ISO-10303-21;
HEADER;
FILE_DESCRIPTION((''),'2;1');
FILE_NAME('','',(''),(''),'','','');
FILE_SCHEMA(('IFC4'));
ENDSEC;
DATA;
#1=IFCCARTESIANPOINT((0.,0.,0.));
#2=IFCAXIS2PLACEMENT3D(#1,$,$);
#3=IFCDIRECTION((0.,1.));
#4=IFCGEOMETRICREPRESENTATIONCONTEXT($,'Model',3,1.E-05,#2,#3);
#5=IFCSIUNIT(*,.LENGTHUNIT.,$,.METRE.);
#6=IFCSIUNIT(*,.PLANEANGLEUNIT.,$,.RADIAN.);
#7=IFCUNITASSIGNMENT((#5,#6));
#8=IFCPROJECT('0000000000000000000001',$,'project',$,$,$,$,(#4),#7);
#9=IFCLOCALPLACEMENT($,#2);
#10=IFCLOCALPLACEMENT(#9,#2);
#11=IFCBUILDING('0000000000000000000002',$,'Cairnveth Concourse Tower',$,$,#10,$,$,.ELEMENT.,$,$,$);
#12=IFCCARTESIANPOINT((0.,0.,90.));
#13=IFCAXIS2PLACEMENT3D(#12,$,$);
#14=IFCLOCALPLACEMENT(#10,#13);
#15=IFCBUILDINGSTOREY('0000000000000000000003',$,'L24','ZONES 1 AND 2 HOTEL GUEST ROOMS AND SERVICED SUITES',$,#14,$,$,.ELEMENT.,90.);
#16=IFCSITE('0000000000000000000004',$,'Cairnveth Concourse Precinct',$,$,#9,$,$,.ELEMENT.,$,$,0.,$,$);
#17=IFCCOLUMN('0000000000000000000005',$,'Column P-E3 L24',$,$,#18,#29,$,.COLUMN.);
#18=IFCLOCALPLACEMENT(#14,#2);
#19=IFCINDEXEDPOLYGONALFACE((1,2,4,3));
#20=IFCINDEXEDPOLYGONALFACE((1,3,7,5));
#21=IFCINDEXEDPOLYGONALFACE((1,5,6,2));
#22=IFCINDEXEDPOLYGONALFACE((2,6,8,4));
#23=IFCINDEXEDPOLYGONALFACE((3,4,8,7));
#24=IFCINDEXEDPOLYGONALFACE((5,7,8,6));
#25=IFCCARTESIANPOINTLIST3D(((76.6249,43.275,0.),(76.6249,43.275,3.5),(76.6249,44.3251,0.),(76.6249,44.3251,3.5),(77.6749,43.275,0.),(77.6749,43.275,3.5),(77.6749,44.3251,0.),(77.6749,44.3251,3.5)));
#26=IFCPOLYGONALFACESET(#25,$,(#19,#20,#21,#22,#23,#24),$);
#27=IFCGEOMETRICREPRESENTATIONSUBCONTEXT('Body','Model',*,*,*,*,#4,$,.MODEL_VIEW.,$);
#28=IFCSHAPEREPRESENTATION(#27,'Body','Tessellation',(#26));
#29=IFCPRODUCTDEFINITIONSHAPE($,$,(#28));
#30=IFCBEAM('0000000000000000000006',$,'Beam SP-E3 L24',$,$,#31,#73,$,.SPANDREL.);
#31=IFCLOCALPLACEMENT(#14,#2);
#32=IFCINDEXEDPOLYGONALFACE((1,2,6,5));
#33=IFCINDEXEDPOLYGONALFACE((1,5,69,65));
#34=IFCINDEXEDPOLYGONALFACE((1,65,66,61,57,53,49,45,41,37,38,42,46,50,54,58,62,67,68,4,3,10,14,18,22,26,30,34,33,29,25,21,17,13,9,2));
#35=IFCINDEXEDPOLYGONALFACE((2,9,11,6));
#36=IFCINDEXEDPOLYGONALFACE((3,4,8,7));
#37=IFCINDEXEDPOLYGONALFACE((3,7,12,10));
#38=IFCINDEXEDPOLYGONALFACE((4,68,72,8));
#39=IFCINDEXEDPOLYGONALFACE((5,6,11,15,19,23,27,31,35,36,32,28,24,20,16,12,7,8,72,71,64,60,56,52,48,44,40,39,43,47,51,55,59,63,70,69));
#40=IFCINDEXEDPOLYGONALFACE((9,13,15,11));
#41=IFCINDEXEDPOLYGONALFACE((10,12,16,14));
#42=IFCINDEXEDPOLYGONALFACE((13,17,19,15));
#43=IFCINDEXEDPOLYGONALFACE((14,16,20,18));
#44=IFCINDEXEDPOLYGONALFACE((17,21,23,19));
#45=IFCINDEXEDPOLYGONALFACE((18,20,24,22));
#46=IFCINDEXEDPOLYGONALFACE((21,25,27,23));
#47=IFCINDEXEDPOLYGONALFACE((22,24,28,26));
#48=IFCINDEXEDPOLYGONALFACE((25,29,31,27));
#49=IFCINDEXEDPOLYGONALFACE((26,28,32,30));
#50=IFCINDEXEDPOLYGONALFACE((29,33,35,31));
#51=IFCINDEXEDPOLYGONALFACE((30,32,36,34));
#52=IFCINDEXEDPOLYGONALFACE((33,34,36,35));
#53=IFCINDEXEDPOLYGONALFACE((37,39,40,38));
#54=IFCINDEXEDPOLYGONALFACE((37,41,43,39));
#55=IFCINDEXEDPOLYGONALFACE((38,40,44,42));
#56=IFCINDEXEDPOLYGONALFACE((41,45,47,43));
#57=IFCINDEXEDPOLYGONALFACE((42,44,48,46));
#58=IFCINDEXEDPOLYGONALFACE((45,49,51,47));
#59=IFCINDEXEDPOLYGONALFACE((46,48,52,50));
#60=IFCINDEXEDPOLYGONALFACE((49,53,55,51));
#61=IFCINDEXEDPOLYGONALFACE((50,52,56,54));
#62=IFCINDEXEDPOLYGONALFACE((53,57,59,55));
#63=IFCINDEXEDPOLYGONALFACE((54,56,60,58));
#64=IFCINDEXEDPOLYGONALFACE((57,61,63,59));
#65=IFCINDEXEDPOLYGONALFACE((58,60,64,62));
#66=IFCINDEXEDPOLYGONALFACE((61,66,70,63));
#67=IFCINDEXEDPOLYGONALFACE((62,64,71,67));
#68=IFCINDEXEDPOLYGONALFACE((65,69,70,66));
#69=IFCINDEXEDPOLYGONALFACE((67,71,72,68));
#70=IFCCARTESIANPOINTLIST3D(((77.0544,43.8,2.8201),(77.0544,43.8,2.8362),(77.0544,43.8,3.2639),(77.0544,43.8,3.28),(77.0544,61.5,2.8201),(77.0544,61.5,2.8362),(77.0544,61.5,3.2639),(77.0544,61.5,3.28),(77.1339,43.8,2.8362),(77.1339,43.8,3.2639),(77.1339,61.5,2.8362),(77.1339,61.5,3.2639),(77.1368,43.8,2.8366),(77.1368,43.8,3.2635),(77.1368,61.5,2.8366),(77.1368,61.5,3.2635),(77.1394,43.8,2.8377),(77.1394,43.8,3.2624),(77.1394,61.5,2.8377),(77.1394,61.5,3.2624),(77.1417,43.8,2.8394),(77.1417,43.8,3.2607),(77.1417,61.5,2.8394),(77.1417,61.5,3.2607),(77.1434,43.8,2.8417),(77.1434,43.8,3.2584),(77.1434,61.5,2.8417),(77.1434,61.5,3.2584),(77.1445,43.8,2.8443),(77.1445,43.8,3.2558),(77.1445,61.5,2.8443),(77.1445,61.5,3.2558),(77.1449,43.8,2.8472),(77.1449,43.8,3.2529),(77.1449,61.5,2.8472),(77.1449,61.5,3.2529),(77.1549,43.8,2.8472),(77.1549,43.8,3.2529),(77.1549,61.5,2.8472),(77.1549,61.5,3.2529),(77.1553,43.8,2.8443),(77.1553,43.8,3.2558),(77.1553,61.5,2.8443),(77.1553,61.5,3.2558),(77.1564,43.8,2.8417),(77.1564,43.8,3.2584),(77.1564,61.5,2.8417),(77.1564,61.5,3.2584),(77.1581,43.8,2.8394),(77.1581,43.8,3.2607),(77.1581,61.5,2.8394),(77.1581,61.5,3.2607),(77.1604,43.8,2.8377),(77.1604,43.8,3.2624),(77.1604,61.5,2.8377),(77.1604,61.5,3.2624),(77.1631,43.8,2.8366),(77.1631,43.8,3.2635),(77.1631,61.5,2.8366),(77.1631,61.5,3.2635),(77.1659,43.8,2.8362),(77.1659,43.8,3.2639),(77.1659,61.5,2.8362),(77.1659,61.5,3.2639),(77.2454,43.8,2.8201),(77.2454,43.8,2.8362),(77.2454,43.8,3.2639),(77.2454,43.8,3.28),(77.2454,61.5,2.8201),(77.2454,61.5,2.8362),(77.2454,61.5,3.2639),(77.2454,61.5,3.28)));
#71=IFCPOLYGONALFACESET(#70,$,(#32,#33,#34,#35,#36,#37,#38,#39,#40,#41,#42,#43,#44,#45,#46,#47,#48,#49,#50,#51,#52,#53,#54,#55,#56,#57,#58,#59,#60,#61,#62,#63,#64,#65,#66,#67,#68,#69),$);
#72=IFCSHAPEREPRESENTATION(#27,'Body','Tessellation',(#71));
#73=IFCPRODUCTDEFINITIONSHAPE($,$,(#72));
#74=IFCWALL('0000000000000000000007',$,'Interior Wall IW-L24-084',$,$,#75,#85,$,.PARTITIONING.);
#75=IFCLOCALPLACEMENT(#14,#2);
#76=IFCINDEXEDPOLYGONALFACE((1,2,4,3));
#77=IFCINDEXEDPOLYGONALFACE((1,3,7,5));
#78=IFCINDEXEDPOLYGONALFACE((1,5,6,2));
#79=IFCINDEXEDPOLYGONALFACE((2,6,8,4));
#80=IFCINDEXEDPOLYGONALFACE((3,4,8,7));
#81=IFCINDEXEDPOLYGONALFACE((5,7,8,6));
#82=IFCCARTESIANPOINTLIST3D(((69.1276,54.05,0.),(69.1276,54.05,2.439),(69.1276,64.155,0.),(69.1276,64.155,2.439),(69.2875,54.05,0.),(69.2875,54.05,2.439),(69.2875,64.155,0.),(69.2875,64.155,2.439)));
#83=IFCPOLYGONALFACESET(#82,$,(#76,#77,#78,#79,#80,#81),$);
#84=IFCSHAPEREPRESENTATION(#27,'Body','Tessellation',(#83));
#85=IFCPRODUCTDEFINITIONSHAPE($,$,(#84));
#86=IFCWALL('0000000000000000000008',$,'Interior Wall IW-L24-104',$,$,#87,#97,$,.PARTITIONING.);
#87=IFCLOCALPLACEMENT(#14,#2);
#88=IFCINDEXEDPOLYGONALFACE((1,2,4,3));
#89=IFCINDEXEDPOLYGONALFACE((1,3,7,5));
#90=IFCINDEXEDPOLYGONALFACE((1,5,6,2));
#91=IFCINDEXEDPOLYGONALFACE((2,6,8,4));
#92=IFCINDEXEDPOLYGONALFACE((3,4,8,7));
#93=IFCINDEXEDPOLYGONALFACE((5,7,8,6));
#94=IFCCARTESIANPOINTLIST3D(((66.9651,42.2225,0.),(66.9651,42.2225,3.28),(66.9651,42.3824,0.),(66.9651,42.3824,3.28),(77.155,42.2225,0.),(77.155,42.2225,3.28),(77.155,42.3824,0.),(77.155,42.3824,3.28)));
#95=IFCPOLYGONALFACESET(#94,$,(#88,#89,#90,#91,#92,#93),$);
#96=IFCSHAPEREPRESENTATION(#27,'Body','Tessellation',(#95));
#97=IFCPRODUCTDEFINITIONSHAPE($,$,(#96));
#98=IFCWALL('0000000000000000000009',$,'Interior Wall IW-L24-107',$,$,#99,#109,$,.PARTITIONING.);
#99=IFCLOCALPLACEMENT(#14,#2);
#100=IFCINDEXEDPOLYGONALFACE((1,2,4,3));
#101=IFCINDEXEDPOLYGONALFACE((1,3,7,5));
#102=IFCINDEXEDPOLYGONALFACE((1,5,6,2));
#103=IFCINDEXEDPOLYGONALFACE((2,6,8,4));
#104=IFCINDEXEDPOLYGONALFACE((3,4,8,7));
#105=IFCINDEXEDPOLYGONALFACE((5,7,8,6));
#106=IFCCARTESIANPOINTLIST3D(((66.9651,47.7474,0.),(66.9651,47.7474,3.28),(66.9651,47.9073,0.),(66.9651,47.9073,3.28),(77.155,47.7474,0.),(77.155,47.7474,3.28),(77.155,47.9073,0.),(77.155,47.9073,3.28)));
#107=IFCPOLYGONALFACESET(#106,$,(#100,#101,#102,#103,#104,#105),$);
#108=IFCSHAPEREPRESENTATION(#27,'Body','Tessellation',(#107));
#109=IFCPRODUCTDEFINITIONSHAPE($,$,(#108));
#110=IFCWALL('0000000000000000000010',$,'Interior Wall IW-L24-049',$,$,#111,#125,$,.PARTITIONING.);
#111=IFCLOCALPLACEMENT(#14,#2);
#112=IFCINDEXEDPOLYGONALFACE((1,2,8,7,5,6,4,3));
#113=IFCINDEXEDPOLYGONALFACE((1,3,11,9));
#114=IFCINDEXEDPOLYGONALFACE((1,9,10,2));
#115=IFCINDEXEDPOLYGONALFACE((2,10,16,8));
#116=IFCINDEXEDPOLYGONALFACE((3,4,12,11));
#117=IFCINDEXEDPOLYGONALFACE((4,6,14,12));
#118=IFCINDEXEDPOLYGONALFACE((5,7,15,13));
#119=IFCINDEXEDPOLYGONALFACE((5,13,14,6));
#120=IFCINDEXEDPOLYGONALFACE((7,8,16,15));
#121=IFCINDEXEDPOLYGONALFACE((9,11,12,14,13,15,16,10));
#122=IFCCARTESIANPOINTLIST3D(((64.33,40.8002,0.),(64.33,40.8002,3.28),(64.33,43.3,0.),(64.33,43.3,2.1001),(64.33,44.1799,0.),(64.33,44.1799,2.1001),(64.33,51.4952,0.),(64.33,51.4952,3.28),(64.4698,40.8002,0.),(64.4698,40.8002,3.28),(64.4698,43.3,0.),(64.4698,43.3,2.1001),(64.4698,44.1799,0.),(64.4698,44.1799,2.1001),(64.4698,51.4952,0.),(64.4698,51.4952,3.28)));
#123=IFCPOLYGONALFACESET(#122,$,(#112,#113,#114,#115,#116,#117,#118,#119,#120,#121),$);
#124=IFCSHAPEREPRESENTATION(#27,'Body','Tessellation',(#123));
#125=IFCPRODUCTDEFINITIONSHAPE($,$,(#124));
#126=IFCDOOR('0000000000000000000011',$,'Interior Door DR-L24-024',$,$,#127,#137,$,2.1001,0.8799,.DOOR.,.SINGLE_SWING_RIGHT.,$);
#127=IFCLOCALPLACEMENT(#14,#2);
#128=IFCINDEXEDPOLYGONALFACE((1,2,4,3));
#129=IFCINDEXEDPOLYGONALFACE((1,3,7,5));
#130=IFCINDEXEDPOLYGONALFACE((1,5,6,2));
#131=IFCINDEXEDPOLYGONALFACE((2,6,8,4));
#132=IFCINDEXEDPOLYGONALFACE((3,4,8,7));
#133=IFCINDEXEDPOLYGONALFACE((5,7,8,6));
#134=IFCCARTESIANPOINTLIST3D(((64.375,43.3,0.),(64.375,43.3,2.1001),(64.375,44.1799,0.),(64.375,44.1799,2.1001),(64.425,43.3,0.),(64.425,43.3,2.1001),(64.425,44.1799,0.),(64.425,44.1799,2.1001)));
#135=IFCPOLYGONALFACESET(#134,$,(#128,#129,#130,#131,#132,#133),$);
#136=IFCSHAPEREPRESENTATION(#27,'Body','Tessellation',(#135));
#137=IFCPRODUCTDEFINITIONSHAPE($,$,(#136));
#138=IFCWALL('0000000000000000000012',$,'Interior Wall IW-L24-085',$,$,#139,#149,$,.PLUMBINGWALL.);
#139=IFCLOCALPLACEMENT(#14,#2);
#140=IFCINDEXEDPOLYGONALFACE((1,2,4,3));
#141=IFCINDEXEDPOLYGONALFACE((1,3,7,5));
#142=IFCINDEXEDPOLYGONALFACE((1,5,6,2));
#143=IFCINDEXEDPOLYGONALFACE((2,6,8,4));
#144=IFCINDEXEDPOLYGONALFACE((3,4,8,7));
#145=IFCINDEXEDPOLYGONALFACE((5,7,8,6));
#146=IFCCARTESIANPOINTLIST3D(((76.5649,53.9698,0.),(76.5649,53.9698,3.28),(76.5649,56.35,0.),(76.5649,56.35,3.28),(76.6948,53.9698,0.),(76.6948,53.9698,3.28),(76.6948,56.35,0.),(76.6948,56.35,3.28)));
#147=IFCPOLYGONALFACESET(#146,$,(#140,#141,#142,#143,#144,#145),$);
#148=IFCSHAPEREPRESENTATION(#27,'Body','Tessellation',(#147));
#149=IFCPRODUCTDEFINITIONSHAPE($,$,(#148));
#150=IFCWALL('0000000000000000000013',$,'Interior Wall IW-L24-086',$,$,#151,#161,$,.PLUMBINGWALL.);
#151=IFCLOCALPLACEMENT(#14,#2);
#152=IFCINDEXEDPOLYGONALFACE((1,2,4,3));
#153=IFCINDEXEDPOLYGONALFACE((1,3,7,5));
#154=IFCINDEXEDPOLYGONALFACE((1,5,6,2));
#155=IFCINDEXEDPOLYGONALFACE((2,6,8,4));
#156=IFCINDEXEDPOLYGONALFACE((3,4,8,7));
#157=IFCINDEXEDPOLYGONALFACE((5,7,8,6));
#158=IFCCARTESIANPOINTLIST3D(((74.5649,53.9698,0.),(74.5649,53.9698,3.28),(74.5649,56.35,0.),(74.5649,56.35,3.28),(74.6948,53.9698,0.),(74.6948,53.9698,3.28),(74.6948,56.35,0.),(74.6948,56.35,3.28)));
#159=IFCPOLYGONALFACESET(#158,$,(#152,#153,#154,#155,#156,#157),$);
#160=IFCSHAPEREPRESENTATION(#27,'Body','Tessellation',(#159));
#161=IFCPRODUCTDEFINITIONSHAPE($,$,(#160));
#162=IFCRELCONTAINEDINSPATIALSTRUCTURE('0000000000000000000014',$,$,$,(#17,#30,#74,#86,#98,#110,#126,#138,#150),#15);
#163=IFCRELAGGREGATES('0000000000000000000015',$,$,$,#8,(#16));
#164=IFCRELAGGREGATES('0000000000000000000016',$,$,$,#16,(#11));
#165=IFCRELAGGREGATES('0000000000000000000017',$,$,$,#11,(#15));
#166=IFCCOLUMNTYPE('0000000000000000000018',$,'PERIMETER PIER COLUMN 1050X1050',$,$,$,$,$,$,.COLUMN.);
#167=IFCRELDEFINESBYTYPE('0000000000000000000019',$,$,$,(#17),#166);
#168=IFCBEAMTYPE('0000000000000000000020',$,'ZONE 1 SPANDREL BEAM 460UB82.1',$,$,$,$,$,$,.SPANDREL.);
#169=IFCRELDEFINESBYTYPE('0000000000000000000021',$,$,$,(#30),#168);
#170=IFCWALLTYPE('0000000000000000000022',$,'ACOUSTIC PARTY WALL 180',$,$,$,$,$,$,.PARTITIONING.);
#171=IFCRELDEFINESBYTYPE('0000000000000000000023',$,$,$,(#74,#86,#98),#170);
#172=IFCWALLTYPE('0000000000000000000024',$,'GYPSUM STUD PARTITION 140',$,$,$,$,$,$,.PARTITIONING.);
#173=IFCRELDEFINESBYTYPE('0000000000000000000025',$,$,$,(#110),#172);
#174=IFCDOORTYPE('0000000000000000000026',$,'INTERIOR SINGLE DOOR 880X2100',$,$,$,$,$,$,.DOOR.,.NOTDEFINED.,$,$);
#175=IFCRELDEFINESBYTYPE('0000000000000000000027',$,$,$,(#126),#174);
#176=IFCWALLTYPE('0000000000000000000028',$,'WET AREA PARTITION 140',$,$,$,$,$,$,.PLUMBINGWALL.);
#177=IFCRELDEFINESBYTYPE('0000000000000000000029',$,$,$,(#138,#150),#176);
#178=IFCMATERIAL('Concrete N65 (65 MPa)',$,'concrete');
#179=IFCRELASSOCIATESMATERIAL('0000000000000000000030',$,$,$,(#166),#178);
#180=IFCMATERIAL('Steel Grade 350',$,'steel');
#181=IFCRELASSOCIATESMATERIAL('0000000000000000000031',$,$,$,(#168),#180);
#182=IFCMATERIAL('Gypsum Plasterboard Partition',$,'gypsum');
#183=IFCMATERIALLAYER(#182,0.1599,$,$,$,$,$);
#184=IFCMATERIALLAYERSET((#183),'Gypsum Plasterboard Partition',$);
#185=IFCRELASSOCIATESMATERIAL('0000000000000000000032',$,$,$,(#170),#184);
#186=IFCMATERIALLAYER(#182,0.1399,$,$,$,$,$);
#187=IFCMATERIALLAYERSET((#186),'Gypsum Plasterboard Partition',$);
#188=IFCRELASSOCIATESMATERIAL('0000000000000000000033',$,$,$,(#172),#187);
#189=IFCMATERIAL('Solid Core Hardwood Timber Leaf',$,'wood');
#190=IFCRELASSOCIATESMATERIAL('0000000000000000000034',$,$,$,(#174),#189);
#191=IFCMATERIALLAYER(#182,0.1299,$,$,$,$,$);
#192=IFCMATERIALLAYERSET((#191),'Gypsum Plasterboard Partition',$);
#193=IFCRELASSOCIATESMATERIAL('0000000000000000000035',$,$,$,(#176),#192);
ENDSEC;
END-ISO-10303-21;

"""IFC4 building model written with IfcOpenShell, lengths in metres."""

from ifc_helpers import new_model, si_unit, direction, frame, frame_2d, origin, origin_2d, place, context, subcontext, project, spatial, rectangle, i_section, extrude, material, layer, layer_set, material_profile, profile_set, type_object, element, fill, save


model = new_model("IFC4")

# Units and contexts
model_context = context("Model", 3, precision=1e-05, world=origin(), true_north=direction((0.0, 1.0)))
body_context = subcontext(model_context, "Body", "Model", "MODEL_VIEW")
ifc_project = project(units=[si_unit("LENGTHUNIT", "METRE"), si_unit("PLANEANGLEUNIT", "RADIAN")], contexts=[model_context])

# Site, building, storey
site_placement = place(None, origin())
site = spatial("IfcSite", under=ifc_project, at=site_placement, Name="Cairnveth Concourse Precinct", CompositionType="ELEMENT", RefElevation=0.0)
building_placement = place(site_placement, origin())
building = spatial("IfcBuilding", under=site, at=building_placement, Name="Cairnveth Concourse Tower", CompositionType="ELEMENT")
storey_placement = place(building_placement, frame((0.0, 0.0, 90.0)))
storey = spatial("IfcBuildingStorey", under=building, at=storey_placement, Name="L24", Description="ZONES 1 AND 2 HOTEL GUEST ROOMS AND SERVICED SUITES", CompositionType="ELEMENT", Elevation=90.0)

# Column
ifc_material_1 = material(Name="Concrete N65 (65 MPa)", Category="concrete")
ifc_material_profile_1 = material_profile(ifc_material_1, rectangle(XDim=1.05, YDim=1.05, at=origin_2d()), Name="RC-COL-1050x1050")
ifc_profile_set_1 = profile_set([ifc_material_profile_1], Name="Concrete N65 (65 MPa)")
column_type = type_object("IfcColumnType", Name="PERIMETER PIER COLUMN 1050X1050", PredefinedType="COLUMN", material=ifc_profile_set_1)
column_placement = place(storey_placement, frame((77.1499, 43.8, 0.0), z_axis=(0.0, 0.0, 1.0), x_axis=(0.0, 1.0, 0.0)))
element("IfcColumn", 1, at=column_placement, inside=storey, type_object=column_type, Name="Column P-E3 L24", PredefinedType="COLUMN", context=body_context, shape_type="SweptSolid", body=[
    extrude(rectangle(XDim=1.05, YDim=1.05, at=origin_2d()), origin(), (0.0, 0.0, 1.0), 3.5),
])

# Beam
ifc_material_2 = material(Name="Steel Grade 350", Category="steel")
ifc_material_profile_2 = material_profile(ifc_material_2, i_section(OverallWidth=0.1909, OverallDepth=0.46, WebThickness=0.01, FlangeThickness=0.0161, FilletRadius=0.011, at=origin_2d()), Name="460UB82.1")
ifc_profile_set_2 = profile_set([ifc_material_profile_2], Name="Steel Grade 350")
beam_type = type_object("IfcBeamType", Name="ZONE 1 SPANDREL BEAM 460UB82.1", PredefinedType="SPANDREL", material=ifc_profile_set_2)
beam_placement = place(storey_placement, frame((77.1499, 43.8, 3.05), z_axis=(0.0, 1.0, 0.0), x_axis=(-1.0, 0.0, 0.0)))
element("IfcBeam", 2, at=beam_placement, inside=storey, type_object=beam_type, Name="Beam SP-E3 L24", PredefinedType="SPANDREL", context=body_context, shape_type="SweptSolid", body=[
    extrude(i_section(OverallWidth=0.1909, OverallDepth=0.46, WebThickness=0.01, FlangeThickness=0.0161, FilletRadius=0.011, at=origin_2d()), origin(), (0.0, 0.0, 1.0), 17.7),
])

# Walls
ifc_material_3 = material(Name="Gypsum Plasterboard Partition", Category="gypsum")
ifc_layer_1 = layer(ifc_material_3, 0.1599)
ifc_layer_set_1 = layer_set([ifc_layer_1], Name="Gypsum Plasterboard Partition")
wall_type_1 = type_object("IfcWallType", Name="ACOUSTIC PARTY WALL 180", PredefinedType="PARTITIONING", material=ifc_layer_set_1)
wall_1_placement = place(storey_placement, frame((69.2075, 54.05, 0.0), z_axis=(0.0, 0.0, 1.0), x_axis=(0.0, 1.0, 0.0)))
element("IfcWall", 3, at=wall_1_placement, inside=storey, type_object=wall_type_1, Name="Interior Wall IW-L24-084", PredefinedType="PARTITIONING", context=body_context, shape_type="SweptSolid", body=[
    extrude(rectangle(XDim=10.105, YDim=0.1599, at=frame_2d((5.0525, 0.0))), origin(), (0.0, 0.0, 1.0), 2.439),
])
for number, where, z_axis, x_axis, name in (
    (4, (66.9651, 42.3025, 0.0), (0.0, 0.0, 1.0), (1.0, 0.0, 0.0), "Interior Wall IW-L24-104"),
    (5, (66.9651, 47.8274, 0.0), (0.0, 0.0, 1.0), (1.0, 0.0, 0.0), "Interior Wall IW-L24-107"),
):
    element("IfcWall", number, at=place(storey_placement, frame(where, z_axis=z_axis, x_axis=x_axis)), inside=storey, type_object=wall_type_1, Name=name, PredefinedType="PARTITIONING", context=body_context, shape_type="SweptSolid", body=[
        extrude(rectangle(XDim=10.1899, YDim=0.1599, at=frame_2d((5.095, 0.0))), origin(), (0.0, 0.0, 1.0), 3.28),
    ])

# Wall, opening, door
ifc_layer_2 = layer(ifc_material_3, 0.1399)
ifc_layer_set_2 = layer_set([ifc_layer_2], Name="Gypsum Plasterboard Partition")
wall_type_2 = type_object("IfcWallType", Name="GYPSUM STUD PARTITION 140", PredefinedType="PARTITIONING", material=ifc_layer_set_2)
wall_2_placement = place(storey_placement, frame((64.3999, 40.8, 0.0), z_axis=(0.0, 0.0, 1.0), x_axis=(0.0, 1.0, 0.0)))
wall_2 = element("IfcWall", 6, at=wall_2_placement, inside=storey, type_object=wall_type_2, Name="Interior Wall IW-L24-049", PredefinedType="PARTITIONING", context=body_context, shape_type="SweptSolid", body=[
    extrude(rectangle(XDim=10.6951, YDim=0.1399, at=frame_2d((5.3477, 0.0))), origin(), (0.0, 0.0, 1.0), 3.28),
])
opening_1_placement = place(wall_2_placement, frame((2.5, 0.0, 0.0)))
opening_1 = element("IfcOpeningElement", 7, at=opening_1_placement, cuts=wall_2, PredefinedType="OPENING", context=body_context, shape_type="SweptSolid", body=[
    extrude(rectangle(XDim=0.8799, YDim=2.1001, at=frame_2d((0.4399, 1.05))), frame((0.0, 0.0798, 0.0), z_axis=(0.0, -1.0, 0.0), x_axis=(1.0, 0.0, 0.0)), (0.0, 0.0, 1.0), 0.1599),
])
ifc_material_4 = material(Name="Solid Core Hardwood Timber Leaf", Category="wood")
door_type_1 = type_object("IfcDoorType", Name="INTERIOR SINGLE DOOR 880X2100", OperationType="NOTDEFINED", PredefinedType="DOOR", material=ifc_material_4)
door_1_placement = place(opening_1_placement, origin())
door_1 = element("IfcDoor", 8, at=door_1_placement, inside=storey, type_object=door_type_1, Name="Interior Door DR-L24-024", OperationType="SINGLE_SWING_RIGHT", OverallHeight=2.1001, OverallWidth=0.8799, PredefinedType="DOOR", context=body_context, shape_type="SweptSolid", body=[
    extrude(rectangle(XDim=0.8799, YDim=2.1001, at=frame_2d((0.4399, 1.05))), frame((0.0, 0.0249, 0.0), z_axis=(0.0, -1.0, 0.0), x_axis=(1.0, 0.0, 0.0)), (0.0, 0.0, 1.0), 0.05),
])
fill(opening_1, door_1)

# Walls
ifc_layer_3 = layer(ifc_material_3, 0.1299)
ifc_layer_set_3 = layer_set([ifc_layer_3], Name="Gypsum Plasterboard Partition")
wall_type_3 = type_object("IfcWallType", Name="WET AREA PARTITION 140", PredefinedType="PLUMBINGWALL", material=ifc_layer_set_3)
for number, where, z_axis, x_axis, name in (
    (9, (76.6299, 53.97, 0.0), (0.0, 0.0, 1.0), (0.0, 1.0, 0.0), "Interior Wall IW-L24-085"),
    (10, (74.6299, 53.97, 0.0), (0.0, 0.0, 1.0), (0.0, 1.0, 0.0), "Interior Wall IW-L24-086"),
):
    element("IfcWall", number, at=place(storey_placement, frame(where, z_axis=z_axis, x_axis=x_axis)), inside=storey, type_object=wall_type_3, Name=name, PredefinedType="PLUMBINGWALL", context=body_context, shape_type="SweptSolid", body=[
        extrude(rectangle(XDim=2.3801, YDim=0.1299, at=frame_2d((1.1899, 0.0))), origin(), (0.0, 0.0, 1.0), 3.28),
    ])

save(model, "model.ifc")
